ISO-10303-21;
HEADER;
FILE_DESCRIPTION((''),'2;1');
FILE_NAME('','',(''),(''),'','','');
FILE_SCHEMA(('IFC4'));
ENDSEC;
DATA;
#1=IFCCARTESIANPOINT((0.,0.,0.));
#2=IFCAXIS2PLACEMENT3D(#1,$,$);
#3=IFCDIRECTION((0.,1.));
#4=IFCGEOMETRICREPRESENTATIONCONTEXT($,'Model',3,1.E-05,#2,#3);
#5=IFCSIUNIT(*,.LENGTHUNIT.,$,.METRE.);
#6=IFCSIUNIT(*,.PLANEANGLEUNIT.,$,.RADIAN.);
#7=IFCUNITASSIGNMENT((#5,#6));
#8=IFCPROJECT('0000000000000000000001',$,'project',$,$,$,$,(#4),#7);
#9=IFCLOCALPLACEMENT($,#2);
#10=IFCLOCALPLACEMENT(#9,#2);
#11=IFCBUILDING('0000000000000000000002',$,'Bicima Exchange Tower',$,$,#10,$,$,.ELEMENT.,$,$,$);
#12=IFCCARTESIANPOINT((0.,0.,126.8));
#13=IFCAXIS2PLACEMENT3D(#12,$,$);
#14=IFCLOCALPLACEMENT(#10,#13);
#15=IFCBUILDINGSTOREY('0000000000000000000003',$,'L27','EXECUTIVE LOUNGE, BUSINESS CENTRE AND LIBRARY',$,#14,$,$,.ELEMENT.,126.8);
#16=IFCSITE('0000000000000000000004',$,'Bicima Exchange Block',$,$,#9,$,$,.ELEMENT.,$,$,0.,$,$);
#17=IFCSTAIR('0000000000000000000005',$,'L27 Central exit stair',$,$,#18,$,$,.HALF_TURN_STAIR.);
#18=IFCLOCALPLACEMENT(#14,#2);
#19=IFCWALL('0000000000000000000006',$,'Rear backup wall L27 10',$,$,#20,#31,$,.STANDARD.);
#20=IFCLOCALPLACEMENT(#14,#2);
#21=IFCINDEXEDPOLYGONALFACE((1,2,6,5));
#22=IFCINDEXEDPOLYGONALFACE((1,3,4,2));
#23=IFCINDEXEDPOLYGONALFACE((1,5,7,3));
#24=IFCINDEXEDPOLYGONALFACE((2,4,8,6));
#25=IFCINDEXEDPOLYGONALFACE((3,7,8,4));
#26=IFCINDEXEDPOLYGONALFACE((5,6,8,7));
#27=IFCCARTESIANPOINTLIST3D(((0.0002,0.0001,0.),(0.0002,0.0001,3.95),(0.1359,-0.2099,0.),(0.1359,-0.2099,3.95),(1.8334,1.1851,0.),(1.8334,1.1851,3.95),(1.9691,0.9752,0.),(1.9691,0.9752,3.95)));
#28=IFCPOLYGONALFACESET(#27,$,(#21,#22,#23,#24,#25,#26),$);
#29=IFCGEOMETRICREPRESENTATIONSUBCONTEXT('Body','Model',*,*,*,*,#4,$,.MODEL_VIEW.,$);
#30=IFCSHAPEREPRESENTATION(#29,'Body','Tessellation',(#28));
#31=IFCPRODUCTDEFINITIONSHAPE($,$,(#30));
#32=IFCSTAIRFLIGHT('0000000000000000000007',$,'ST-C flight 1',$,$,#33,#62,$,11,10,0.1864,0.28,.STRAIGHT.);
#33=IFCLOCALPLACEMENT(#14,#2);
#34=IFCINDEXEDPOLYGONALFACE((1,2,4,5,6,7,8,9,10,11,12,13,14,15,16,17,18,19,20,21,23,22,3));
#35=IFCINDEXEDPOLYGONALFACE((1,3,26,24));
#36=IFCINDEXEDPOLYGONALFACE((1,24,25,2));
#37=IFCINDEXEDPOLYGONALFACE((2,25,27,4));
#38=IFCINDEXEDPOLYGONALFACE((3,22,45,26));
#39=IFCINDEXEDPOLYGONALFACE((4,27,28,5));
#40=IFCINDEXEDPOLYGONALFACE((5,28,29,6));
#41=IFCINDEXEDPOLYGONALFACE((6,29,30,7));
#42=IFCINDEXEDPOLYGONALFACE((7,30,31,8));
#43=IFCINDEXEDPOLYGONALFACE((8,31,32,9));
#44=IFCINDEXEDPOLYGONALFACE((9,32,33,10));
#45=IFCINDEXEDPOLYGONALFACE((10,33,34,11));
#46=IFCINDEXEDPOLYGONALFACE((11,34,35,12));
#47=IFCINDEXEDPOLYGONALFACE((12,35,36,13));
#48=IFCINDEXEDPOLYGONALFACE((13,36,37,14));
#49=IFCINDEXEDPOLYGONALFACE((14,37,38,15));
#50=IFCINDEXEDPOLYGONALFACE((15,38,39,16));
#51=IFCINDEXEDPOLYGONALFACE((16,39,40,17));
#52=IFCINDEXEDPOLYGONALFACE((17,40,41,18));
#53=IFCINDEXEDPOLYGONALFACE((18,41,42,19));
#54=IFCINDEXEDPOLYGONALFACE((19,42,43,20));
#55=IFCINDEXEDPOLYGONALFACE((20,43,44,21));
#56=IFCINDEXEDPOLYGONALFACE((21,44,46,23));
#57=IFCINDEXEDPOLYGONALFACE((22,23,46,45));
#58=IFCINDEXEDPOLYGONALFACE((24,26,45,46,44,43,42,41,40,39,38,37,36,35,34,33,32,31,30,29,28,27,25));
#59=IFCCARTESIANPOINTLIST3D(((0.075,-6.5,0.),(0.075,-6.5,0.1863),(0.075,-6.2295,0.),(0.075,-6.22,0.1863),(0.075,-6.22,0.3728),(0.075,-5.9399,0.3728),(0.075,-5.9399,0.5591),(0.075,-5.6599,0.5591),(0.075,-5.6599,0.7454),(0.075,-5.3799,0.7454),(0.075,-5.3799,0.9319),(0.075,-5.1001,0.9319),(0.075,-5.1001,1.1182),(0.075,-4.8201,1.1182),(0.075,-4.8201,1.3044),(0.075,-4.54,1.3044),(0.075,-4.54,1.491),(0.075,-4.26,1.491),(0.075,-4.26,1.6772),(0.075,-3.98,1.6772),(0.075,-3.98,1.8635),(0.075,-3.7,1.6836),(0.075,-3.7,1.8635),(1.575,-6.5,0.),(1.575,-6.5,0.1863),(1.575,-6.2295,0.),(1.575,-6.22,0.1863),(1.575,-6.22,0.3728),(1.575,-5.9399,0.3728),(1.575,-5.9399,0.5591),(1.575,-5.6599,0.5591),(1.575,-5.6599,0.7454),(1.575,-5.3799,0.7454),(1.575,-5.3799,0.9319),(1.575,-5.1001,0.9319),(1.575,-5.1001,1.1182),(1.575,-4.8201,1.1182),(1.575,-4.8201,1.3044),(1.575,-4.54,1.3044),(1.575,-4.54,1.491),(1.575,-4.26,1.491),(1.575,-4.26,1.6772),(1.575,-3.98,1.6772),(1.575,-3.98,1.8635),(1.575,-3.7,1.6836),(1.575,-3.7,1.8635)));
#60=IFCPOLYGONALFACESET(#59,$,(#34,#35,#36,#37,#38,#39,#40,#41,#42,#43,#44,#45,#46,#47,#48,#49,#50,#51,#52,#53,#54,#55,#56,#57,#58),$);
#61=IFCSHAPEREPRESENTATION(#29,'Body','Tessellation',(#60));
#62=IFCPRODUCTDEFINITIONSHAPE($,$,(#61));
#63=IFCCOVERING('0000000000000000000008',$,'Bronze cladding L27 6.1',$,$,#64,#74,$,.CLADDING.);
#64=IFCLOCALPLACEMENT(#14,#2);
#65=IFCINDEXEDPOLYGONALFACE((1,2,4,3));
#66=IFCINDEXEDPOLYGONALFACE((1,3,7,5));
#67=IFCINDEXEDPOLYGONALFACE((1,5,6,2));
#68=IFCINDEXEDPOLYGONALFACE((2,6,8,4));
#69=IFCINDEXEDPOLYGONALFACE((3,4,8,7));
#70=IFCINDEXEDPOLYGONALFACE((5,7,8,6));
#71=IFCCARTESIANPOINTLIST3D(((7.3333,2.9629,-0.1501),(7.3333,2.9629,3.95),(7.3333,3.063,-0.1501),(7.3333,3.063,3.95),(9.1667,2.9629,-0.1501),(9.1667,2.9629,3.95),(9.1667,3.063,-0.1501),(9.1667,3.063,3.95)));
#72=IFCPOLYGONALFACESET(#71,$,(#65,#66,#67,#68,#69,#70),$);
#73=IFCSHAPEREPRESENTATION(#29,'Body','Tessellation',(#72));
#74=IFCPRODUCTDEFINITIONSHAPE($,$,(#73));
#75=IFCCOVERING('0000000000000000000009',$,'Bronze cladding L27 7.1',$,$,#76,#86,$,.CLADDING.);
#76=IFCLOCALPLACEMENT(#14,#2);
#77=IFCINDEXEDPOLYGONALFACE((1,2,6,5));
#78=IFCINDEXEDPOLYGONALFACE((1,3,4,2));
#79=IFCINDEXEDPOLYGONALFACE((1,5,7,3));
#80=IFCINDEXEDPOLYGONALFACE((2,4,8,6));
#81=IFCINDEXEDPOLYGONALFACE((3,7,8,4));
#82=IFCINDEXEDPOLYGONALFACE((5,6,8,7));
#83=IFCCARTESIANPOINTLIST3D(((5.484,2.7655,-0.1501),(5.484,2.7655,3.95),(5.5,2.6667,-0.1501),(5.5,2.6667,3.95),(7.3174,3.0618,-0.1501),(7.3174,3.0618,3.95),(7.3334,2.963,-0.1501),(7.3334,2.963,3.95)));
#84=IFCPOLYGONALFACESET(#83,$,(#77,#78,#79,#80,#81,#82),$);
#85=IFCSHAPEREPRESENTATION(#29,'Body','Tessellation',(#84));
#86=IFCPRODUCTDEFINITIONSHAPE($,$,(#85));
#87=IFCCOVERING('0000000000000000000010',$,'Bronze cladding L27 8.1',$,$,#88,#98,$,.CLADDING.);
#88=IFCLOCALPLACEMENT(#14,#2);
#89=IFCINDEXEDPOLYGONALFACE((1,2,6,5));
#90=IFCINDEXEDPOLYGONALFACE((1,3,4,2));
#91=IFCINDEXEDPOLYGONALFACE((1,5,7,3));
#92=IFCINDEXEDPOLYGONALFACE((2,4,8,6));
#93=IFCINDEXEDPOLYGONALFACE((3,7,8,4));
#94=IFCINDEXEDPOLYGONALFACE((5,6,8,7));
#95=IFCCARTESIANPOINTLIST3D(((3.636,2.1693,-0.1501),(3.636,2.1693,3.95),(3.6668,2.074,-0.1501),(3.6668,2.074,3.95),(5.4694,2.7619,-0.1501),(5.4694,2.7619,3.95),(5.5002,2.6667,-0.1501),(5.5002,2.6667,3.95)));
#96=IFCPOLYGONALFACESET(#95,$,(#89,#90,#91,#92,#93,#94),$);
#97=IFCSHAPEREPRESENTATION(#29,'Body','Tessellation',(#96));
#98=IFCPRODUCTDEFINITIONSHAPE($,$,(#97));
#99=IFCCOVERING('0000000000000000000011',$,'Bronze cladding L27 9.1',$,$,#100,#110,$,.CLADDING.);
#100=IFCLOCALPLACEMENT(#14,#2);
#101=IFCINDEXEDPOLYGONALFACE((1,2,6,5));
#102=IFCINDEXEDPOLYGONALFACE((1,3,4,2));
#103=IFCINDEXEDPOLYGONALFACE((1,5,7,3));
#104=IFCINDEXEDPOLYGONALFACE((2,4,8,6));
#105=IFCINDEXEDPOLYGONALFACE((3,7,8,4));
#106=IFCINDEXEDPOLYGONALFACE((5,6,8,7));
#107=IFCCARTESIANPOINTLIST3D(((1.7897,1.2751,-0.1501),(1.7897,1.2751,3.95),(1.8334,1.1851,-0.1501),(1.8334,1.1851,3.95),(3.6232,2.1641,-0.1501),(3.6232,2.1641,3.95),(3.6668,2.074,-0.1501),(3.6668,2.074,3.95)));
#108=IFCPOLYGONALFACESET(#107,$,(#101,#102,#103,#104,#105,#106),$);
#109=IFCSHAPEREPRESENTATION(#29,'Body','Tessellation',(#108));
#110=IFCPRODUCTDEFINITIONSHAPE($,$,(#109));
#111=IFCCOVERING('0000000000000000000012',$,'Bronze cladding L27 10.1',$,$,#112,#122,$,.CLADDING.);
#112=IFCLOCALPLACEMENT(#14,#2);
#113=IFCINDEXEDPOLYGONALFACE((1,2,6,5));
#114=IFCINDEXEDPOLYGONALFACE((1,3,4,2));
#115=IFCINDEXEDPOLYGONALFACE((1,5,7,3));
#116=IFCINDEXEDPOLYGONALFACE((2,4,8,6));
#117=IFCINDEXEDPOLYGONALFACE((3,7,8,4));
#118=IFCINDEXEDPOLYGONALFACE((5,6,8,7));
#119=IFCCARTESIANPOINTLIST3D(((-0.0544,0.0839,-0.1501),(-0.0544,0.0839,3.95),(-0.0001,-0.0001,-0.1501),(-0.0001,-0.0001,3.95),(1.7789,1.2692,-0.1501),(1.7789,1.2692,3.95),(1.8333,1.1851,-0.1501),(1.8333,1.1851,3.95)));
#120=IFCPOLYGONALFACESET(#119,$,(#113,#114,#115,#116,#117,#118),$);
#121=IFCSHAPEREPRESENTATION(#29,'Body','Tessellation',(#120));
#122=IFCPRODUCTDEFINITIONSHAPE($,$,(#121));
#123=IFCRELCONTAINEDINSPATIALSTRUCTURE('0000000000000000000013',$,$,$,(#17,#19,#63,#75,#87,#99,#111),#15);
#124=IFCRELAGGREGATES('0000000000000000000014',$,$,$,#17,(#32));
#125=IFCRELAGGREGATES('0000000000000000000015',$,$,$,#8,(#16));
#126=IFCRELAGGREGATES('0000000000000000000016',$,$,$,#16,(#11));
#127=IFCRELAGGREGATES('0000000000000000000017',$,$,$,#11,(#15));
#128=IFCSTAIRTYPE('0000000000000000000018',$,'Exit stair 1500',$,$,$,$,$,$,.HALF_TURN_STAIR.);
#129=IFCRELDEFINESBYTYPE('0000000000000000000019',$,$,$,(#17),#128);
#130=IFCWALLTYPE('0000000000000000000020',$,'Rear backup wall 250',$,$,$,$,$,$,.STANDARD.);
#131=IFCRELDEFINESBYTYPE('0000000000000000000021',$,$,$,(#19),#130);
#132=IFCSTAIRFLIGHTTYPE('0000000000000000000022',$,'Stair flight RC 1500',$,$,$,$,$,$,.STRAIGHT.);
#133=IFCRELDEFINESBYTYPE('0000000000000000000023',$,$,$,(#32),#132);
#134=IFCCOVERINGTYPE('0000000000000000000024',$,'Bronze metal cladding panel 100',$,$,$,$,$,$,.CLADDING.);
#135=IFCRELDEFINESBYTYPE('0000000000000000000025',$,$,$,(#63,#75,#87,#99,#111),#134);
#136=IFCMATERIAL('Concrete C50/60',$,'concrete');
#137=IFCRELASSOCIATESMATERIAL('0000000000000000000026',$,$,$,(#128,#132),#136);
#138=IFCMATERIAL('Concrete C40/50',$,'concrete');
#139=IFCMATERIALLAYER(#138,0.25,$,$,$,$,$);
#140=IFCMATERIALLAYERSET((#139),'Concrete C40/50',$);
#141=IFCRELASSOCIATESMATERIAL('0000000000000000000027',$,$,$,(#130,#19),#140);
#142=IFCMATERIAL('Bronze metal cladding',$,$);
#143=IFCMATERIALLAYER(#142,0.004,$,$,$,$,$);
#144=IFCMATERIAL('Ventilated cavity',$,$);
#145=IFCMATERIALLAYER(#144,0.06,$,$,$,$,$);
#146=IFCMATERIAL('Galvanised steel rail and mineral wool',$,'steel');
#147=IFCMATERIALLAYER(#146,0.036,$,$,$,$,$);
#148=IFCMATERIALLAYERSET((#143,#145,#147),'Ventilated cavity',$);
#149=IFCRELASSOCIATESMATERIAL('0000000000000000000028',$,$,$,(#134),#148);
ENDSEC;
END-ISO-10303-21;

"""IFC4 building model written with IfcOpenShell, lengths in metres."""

from ifc_helpers import new_model, si_unit, direction, frame, frame_2d, origin, origin_2d, place, context, subcontext, project, spatial, polyline, rectangle, outline, extrude, material, layer, layer_set, layer_usage, type_object, element, aggregate, save


model = new_model("IFC4")

# Units and contexts
model_context = context("Model", 3, precision=1e-05, world=origin(), true_north=direction((0.0, 1.0)))
body_context = subcontext(model_context, "Body", "Model", "MODEL_VIEW")
ifc_project = project(units=[si_unit("LENGTHUNIT", "METRE"), si_unit("PLANEANGLEUNIT", "RADIAN")], contexts=[model_context])

# Site, building, storey
site_placement = place(None, origin())
site = spatial("IfcSite", under=ifc_project, at=site_placement, Name="Bicima Exchange Block", CompositionType="ELEMENT", RefElevation=0.0)
building_placement = place(site_placement, origin())
building = spatial("IfcBuilding", under=site, at=building_placement, Name="Bicima Exchange Tower", CompositionType="ELEMENT")
storey_placement = place(building_placement, frame((0.0, 0.0, 126.8)))
storey = spatial("IfcBuildingStorey", under=building, at=storey_placement, Name="L27", Description="EXECUTIVE LOUNGE, BUSINESS CENTRE AND LIBRARY", CompositionType="ELEMENT", Elevation=126.8)

# Stair
ifc_material_1 = material(Name="Concrete C50/60", Category="concrete")
stair_type_1 = type_object("IfcStairType", Name="Exit stair 1500", PredefinedType="HALF_TURN_STAIR", material=ifc_material_1)
stair_1_placement = place(storey_placement, origin())
stair_1 = element("IfcStair", 1, at=stair_1_placement, inside=storey, type_object=stair_type_1, Name="L27 Central exit stair", PredefinedType="HALF_TURN_STAIR")

# Wall
ifc_material_2 = material(Name="Concrete C40/50", Category="concrete")
ifc_layer_1 = layer(ifc_material_2, 0.25)
ifc_layer_set_1 = layer_set([ifc_layer_1], Name="Concrete C40/50")
ifc_layer_usage = layer_usage(ifc_layer_set_1, "AXIS2", "POSITIVE", -0.125)
wall_type_1 = type_object("IfcWallType", Name="Rear backup wall 250", PredefinedType="STANDARD", material=ifc_layer_set_1)
wall_1_placement = place(storey_placement, frame((1.9011, 1.0801, 0.0), z_axis=(0.0, 0.0, 1.0), x_axis=(-0.839813, -0.542876, 0.0)))
element("IfcWall", 2, at=wall_1_placement, inside=storey, type_object=wall_type_1, material=ifc_layer_usage, Name="Rear backup wall L27 10", PredefinedType="STANDARD", context=body_context, shape_type="SweptSolid", body=[
    extrude(rectangle(XDim=2.1829, YDim=0.25, at=frame_2d((1.0913, 0.0))), origin(), (0.0, 0.0, 1.0), 3.95),
])

# Stair flight
stair_flight_type = type_object("IfcStairFlightType", Name="Stair flight RC 1500", PredefinedType="STRAIGHT", material=ifc_material_1)
stair_flight_placement = place(storey_placement, frame((0.825, -6.5, 0.0), z_axis=(0.0, 0.0, 1.0), x_axis=(0.0, 1.0, 0.0)))
stair_flight = element("IfcStairFlight", 3, at=stair_flight_placement, type_object=stair_flight_type, Name="ST-C flight 1", NumberOfRisers=11, NumberOfTreads=10, PredefinedType="STRAIGHT", RiserHeight=0.1864, TreadLength=0.28, context=body_context, shape_type="SweptSolid", body=[
    extrude(outline(polyline([(0.0, 0.0), (0.0, 0.1863), (0.28, 0.1863), (0.28, 0.3728), (0.5601, 0.3728), (0.5601, 0.5591), (0.8401, 0.5591), (0.8401, 0.7454), (1.1201, 0.7454), (1.1201, 0.9319), (1.3999, 0.9319), (1.3999, 1.1182), (1.6799, 1.1182), (1.6799, 1.3044), (1.96, 1.3044), (1.96, 1.491), (2.24, 1.491), (2.24, 1.6772), (2.52, 1.6772), (2.52, 1.8635), (2.8, 1.8635), (2.8, 2.05), (2.8, 1.6836), (0.2705, 0.0), (0.0, 0.0)])), frame((0.0, 0.75, 0.0), z_axis=(0.0, -1.0, 0.0), x_axis=(1.0, 0.0, 0.0)), (0.0, 0.0, 1.0), 1.5),
])
aggregate(stair_1, [stair_flight])

# Coverings
ifc_material_3 = material(Name="Bronze metal cladding")
ifc_layer_2 = layer(ifc_material_3, 0.004)
ifc_material_4 = material(Name="Ventilated cavity")
ifc_layer_3 = layer(ifc_material_4, 0.06)
ifc_material_5 = material(Name="Galvanised steel rail and mineral wool", Category="steel")
ifc_layer_4 = layer(ifc_material_5, 0.036)
ifc_layer_set_2 = layer_set([ifc_layer_2, ifc_layer_3, ifc_layer_4], Name="Ventilated cavity")
covering_type = type_object("IfcCoveringType", Name="Bronze metal cladding panel 100", PredefinedType="CLADDING", material=ifc_layer_set_2)
covering_1_placement = place(storey_placement, frame((8.25, 3.0129, -0.1501), z_axis=(0.0, 0.0, 1.0), x_axis=(-1.0, 0.0, 0.0)))
element("IfcCovering", 4, at=covering_1_placement, inside=storey, type_object=covering_type, Name="Bronze cladding L27 6.1", PredefinedType="CLADDING", context=body_context, shape_type="SweptSolid", body=[
    extrude(rectangle(XDim=1.8335, YDim=0.1001, at=origin_2d()), origin(), (0.0, 0.0, 1.0), 4.1001),
])
covering_2_placement = place(storey_placement, frame((6.4087, 2.8643, -0.1501), z_axis=(0.0, 0.0, 1.0), x_axis=(-0.98719, -0.15955, 0.0)))
element("IfcCovering", 5, at=covering_2_placement, inside=storey, type_object=covering_type, Name="Bronze cladding L27 7.1", PredefinedType="CLADDING", context=body_context, shape_type="SweptSolid", body=[
    extrude(rectangle(XDim=1.8572, YDim=0.1001, at=origin_2d()), origin(), (0.0, 0.0, 1.0), 4.1001),
])
covering_3_placement = place(storey_placement, frame((4.5681, 2.418, -0.1501), z_axis=(0.0, 0.0, 1.0), x_axis=(-0.951525, -0.307573, 0.0)))
element("IfcCovering", 6, at=covering_3_placement, inside=storey, type_object=covering_type, Name="Bronze cladding L27 8.1", PredefinedType="CLADDING", context=body_context, shape_type="SweptSolid", body=[
    extrude(rectangle(XDim=1.9268, YDim=0.1001, at=origin_2d()), origin(), (0.0, 0.0, 1.0), 4.1001),
])
covering_4_placement = place(storey_placement, frame((2.7283, 1.6746, -0.1501), z_axis=(0.0, 0.0, 1.0), x_axis=(-0.899818, -0.436265, 0.0)))
element("IfcCovering", 7, at=covering_4_placement, inside=storey, type_object=covering_type, Name="Bronze cladding L27 9.1", PredefinedType="CLADDING", context=body_context, shape_type="SweptSolid", body=[
    extrude(rectangle(XDim=2.0376, YDim=0.1001, at=origin_2d()), origin(), (0.0, 0.0, 1.0), 4.1001),
])
covering_5_placement = place(storey_placement, frame((0.8894, 0.6345, -0.1501), z_axis=(0.0, 0.0, 1.0), x_axis=(-0.83979, -0.542911, 0.0)))
element("IfcCovering", 8, at=covering_5_placement, inside=storey, type_object=covering_type, Name="Bronze cladding L27 10.1", PredefinedType="CLADDING", context=body_context, shape_type="SweptSolid", body=[
    extrude(rectangle(XDim=2.1831, YDim=0.1001, at=origin_2d()), origin(), (0.0, 0.0, 1.0), 4.1001),
])

save(model, "model.ifc")
